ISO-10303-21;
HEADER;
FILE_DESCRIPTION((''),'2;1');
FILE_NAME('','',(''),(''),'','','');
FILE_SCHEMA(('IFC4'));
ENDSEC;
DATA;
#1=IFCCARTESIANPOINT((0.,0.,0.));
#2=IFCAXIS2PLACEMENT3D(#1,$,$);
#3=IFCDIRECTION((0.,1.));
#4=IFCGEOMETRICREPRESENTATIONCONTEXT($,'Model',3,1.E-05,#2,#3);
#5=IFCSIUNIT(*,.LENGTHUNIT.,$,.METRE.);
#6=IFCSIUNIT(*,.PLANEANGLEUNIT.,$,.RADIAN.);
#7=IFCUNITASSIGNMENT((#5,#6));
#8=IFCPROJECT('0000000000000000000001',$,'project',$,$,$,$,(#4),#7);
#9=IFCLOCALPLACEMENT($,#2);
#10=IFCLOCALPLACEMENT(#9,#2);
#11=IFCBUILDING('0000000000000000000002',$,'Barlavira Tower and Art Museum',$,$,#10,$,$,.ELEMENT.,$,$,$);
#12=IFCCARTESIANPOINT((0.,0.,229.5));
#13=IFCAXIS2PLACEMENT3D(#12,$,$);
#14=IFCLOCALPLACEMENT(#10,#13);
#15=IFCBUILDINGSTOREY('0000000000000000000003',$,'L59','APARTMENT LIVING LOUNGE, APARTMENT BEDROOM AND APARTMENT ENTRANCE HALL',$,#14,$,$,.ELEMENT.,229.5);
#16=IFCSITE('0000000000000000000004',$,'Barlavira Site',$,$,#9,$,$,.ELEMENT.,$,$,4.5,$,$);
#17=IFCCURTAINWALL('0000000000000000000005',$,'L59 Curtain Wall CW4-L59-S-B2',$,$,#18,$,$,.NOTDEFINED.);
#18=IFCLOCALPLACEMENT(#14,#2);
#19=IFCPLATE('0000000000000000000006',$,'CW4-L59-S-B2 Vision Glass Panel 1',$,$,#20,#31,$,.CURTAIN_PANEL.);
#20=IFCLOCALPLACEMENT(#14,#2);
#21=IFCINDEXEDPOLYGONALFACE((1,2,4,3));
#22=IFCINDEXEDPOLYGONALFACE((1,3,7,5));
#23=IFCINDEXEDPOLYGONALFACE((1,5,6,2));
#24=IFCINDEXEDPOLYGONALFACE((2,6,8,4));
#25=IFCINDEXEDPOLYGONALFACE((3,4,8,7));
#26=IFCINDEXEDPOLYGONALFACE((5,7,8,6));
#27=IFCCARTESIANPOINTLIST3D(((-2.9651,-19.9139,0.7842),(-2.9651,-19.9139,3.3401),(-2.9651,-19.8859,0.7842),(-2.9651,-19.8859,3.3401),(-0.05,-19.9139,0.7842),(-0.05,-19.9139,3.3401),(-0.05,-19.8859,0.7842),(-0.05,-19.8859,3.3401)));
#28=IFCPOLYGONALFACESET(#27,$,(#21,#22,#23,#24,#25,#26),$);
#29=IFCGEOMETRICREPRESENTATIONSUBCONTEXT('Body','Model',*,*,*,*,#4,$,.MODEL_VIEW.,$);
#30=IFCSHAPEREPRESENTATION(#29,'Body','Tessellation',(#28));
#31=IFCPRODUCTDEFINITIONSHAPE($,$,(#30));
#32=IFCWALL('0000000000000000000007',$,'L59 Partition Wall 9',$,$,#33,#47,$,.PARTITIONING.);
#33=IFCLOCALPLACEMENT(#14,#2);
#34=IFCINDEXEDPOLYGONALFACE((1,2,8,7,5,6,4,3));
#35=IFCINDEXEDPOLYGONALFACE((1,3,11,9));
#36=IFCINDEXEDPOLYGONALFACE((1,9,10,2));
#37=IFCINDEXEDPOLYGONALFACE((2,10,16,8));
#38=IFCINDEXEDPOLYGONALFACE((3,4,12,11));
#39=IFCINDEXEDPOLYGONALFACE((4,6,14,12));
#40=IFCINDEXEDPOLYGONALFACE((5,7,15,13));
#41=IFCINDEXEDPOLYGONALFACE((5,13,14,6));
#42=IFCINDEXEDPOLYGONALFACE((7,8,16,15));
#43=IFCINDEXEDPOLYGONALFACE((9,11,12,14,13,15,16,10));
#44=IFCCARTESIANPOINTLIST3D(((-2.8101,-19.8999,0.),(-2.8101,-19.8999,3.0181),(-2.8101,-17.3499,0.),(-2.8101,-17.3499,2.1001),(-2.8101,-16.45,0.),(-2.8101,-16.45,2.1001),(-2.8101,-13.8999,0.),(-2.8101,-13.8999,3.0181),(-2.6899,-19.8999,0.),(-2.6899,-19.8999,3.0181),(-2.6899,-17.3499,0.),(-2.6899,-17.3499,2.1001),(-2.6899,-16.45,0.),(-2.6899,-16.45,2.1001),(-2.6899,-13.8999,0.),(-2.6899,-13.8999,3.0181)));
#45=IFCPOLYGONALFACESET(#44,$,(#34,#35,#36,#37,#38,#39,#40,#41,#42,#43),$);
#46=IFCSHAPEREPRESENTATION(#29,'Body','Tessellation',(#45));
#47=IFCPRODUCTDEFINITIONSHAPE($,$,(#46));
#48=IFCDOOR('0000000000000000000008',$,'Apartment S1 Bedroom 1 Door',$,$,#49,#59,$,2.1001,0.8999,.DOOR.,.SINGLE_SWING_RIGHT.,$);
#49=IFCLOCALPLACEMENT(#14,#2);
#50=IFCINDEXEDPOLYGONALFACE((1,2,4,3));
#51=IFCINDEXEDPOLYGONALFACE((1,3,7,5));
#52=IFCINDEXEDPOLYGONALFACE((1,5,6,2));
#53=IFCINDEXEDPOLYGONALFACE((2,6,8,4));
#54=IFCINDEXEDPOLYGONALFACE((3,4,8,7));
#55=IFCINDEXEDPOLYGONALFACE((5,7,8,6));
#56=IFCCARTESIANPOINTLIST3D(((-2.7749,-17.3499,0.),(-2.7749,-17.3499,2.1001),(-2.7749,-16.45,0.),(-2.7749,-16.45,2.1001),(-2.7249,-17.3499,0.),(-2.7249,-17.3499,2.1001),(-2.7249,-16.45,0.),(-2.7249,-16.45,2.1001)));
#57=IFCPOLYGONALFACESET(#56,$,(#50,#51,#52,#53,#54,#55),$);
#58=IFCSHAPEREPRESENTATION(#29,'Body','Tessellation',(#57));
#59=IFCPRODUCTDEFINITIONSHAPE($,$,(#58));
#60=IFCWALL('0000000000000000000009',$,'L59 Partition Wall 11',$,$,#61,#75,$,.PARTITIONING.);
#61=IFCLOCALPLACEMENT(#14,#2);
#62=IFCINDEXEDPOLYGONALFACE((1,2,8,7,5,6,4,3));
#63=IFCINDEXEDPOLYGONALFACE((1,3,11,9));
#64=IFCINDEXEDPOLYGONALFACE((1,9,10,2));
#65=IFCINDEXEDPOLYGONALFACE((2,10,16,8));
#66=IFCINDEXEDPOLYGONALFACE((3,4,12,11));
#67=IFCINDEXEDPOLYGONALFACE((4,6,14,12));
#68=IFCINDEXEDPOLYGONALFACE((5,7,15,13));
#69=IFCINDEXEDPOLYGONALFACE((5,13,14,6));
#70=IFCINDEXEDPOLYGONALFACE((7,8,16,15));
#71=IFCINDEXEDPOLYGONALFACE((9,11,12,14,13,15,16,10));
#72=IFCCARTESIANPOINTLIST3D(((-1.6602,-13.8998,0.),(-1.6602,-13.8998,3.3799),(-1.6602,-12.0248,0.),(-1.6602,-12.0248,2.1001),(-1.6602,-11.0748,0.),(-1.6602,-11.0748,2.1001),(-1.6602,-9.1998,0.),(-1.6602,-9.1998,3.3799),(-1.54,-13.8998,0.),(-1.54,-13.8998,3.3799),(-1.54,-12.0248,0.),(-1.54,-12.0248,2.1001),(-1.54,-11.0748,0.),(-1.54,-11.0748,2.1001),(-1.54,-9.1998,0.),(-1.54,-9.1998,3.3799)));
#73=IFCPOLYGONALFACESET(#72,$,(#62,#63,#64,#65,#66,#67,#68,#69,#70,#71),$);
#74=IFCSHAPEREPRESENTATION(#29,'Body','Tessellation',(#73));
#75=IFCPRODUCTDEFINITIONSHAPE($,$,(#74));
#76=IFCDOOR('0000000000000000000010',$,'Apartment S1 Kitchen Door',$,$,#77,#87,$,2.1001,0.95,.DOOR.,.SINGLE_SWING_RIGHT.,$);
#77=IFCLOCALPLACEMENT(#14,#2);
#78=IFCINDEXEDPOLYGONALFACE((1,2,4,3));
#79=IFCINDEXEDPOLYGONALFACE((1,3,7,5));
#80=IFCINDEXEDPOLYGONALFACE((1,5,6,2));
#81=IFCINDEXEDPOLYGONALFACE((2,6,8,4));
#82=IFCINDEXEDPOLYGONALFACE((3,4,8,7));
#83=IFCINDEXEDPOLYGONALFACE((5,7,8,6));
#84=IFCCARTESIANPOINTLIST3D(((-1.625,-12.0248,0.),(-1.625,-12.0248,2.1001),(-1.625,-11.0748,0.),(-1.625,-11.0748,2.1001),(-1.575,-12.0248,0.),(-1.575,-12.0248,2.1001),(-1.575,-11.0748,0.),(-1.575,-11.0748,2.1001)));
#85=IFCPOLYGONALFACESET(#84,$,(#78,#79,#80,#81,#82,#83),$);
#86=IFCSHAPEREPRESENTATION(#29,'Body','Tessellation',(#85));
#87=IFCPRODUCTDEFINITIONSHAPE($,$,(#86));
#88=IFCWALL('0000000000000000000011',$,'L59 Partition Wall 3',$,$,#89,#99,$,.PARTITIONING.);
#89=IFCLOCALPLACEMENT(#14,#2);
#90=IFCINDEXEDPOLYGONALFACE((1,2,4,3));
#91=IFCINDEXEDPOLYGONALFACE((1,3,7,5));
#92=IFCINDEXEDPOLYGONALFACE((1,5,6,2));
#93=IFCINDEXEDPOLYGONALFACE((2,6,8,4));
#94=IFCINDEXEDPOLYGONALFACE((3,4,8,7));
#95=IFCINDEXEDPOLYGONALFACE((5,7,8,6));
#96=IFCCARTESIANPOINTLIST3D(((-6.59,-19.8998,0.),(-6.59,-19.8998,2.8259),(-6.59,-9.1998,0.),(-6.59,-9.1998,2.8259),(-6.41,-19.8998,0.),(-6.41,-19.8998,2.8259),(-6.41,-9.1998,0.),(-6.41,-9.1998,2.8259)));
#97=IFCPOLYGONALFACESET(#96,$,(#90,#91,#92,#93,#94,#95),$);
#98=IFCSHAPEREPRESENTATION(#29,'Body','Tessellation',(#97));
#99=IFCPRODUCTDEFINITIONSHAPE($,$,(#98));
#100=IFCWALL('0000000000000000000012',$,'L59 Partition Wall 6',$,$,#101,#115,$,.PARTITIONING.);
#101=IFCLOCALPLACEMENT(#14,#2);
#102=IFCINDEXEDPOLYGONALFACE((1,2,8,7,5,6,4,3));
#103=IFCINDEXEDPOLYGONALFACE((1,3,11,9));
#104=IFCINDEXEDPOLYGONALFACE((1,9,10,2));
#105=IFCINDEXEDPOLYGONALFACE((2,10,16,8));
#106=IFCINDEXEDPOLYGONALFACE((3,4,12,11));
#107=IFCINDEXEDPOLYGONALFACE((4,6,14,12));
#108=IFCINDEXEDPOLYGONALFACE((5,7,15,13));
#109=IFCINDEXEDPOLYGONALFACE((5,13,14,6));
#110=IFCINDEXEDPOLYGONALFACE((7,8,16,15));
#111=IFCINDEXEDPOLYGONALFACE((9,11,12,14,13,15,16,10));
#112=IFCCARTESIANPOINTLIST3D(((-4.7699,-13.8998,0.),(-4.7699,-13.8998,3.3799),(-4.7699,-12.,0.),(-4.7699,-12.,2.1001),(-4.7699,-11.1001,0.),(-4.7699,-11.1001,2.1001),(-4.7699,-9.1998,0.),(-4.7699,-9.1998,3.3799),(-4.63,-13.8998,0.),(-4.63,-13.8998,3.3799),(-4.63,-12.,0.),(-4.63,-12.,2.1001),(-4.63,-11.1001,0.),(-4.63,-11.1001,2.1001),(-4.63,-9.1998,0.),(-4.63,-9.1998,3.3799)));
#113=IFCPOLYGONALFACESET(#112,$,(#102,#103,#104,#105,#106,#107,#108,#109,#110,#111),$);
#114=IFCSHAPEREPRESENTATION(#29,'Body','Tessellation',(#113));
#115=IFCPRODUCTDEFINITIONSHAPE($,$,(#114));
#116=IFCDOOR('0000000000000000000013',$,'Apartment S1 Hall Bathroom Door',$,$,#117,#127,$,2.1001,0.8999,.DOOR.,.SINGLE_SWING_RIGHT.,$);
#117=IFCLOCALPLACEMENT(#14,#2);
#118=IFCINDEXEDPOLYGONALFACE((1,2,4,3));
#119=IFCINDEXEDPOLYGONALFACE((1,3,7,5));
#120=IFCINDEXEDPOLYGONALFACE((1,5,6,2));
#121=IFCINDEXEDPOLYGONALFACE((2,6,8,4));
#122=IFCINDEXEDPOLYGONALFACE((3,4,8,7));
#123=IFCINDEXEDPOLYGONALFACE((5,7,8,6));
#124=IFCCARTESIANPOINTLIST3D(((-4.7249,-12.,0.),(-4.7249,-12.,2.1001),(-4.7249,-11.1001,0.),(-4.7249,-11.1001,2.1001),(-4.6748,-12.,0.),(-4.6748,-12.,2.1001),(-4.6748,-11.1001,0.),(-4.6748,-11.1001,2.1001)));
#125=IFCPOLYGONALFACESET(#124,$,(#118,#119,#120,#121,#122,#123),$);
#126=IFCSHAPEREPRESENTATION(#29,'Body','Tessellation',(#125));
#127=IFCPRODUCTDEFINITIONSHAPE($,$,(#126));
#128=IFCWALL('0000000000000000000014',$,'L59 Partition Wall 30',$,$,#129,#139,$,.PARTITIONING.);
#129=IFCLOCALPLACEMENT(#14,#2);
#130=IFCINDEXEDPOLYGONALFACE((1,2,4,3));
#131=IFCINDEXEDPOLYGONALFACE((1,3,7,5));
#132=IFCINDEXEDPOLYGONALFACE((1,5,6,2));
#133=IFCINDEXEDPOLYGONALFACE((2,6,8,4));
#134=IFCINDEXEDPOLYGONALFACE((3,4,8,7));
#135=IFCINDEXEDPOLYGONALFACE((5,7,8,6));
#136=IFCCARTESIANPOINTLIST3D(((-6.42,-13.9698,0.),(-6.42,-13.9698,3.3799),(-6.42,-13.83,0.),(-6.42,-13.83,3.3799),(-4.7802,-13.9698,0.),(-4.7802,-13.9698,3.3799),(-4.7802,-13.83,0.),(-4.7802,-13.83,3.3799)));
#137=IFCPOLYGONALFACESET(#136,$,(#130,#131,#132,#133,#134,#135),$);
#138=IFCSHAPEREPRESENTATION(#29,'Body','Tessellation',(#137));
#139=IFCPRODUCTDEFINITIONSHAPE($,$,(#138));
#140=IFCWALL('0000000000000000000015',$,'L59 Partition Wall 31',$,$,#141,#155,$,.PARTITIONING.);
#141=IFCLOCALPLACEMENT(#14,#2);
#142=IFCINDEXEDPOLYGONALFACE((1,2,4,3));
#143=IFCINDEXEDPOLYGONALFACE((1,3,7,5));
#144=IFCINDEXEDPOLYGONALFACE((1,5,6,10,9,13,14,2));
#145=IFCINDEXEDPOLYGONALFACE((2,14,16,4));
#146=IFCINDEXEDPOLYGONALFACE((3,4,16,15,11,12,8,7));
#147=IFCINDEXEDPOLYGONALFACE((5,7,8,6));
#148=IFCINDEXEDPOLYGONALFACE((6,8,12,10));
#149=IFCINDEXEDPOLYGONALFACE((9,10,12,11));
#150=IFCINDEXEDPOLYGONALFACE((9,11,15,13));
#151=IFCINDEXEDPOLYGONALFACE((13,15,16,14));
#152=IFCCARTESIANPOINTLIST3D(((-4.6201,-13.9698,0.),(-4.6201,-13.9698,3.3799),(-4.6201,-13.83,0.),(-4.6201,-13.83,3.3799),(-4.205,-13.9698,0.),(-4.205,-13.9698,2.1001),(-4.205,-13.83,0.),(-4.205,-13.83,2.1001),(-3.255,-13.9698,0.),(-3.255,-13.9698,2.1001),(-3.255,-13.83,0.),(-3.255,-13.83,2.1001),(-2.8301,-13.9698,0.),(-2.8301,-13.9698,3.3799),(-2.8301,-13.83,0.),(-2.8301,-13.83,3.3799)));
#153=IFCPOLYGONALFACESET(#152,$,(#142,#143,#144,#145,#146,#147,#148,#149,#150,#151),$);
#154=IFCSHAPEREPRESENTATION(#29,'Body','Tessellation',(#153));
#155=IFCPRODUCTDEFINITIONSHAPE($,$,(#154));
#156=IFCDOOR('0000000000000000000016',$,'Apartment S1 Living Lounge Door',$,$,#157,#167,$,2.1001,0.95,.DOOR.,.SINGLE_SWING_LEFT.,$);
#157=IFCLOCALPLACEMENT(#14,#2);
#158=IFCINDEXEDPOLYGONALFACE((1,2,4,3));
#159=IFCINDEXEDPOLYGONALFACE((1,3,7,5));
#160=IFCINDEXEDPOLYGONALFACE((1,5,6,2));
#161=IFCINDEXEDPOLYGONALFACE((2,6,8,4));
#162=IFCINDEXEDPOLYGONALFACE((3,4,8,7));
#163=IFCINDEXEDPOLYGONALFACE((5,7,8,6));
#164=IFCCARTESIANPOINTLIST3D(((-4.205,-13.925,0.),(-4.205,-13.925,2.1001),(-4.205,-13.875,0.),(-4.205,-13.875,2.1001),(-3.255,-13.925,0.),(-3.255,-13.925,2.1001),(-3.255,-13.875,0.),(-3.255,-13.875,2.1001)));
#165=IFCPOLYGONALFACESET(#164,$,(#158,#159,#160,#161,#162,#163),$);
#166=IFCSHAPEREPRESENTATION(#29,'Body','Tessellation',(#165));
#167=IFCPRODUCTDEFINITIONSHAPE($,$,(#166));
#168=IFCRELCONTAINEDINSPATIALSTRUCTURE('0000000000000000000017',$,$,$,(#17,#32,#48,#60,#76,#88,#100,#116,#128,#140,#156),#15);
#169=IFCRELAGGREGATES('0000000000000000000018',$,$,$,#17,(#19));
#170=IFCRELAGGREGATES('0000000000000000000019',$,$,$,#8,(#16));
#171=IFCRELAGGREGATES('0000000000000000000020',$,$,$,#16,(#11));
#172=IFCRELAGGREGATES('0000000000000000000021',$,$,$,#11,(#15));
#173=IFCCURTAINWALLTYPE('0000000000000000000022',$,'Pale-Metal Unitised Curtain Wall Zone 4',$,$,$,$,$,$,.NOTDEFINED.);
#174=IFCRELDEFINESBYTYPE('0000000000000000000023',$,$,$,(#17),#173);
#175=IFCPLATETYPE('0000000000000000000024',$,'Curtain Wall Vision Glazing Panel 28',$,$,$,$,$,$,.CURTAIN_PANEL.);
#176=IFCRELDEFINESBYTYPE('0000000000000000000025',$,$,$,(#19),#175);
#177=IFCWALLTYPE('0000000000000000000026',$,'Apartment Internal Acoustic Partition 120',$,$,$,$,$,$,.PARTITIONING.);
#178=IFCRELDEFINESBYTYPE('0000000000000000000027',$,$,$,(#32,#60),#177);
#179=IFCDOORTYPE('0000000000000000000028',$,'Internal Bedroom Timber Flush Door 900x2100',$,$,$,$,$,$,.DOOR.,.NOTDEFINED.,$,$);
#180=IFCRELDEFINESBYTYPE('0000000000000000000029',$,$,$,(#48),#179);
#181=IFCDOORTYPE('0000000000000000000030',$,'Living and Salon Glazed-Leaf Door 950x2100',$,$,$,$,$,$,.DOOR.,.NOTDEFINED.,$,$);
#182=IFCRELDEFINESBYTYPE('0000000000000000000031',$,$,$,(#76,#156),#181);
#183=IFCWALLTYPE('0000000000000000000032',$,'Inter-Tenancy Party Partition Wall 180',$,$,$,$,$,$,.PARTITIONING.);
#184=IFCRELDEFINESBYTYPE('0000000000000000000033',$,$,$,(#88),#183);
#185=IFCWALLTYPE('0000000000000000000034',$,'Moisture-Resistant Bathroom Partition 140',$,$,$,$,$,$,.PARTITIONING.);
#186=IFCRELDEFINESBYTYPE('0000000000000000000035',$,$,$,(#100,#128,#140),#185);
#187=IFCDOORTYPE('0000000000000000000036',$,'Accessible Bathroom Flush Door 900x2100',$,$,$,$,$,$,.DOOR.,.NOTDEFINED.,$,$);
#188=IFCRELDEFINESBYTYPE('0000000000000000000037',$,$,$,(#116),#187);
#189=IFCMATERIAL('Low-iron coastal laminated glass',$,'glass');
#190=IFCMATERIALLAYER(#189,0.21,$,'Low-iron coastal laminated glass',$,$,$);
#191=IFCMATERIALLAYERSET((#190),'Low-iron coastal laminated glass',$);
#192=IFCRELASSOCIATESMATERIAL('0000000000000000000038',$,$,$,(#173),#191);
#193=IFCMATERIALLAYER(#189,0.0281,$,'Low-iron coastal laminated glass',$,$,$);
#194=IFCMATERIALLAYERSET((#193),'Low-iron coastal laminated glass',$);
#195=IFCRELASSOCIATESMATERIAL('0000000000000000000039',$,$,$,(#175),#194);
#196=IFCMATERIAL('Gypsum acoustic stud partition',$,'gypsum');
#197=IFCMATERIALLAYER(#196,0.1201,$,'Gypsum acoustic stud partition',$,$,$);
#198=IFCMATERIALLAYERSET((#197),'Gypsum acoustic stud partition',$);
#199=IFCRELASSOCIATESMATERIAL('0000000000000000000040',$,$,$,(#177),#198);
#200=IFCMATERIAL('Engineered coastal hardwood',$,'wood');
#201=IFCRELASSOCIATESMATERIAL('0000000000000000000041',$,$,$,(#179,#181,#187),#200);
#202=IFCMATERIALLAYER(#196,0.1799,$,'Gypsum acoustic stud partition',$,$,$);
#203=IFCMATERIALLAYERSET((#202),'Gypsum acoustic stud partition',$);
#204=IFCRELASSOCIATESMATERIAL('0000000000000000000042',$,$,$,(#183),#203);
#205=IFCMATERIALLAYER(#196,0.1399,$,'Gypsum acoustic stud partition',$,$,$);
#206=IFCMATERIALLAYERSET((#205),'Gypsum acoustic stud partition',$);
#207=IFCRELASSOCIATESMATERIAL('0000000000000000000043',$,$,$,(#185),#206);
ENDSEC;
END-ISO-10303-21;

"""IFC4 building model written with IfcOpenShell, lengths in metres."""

from ifc_helpers import new_model, si_unit, direction, frame, frame_2d, origin, origin_2d, place, context, subcontext, project, spatial, rectangle, extrude, material, layer, layer_set, type_object, element, fill, aggregate, save


model = new_model("IFC4")

# Units and contexts
model_context = context("Model", 3, precision=1e-05, world=origin(), true_north=direction((0.0, 1.0)))
body_context = subcontext(model_context, "Body", "Model", "MODEL_VIEW")
ifc_project = project(units=[si_unit("LENGTHUNIT", "METRE"), si_unit("PLANEANGLEUNIT", "RADIAN")], contexts=[model_context])

# Site, building, storey
site_placement = place(None, origin())
site = spatial("IfcSite", under=ifc_project, at=site_placement, Name="Barlavira Site", CompositionType="ELEMENT", RefElevation=4.5)
building_placement = place(site_placement, origin())
building = spatial("IfcBuilding", under=site, at=building_placement, Name="Barlavira Tower and Art Museum", CompositionType="ELEMENT")
storey_placement = place(building_placement, frame((0.0, 0.0, 229.5)))
storey = spatial("IfcBuildingStorey", under=building, at=storey_placement, Name="L59", Description="APARTMENT LIVING LOUNGE, APARTMENT BEDROOM AND APARTMENT ENTRANCE HALL", CompositionType="ELEMENT", Elevation=229.5)

# Curtain wall
ifc_material_1 = material(Name="Low-iron coastal laminated glass", Category="glass")
ifc_layer_1 = layer(ifc_material_1, 0.21, Name="Low-iron coastal laminated glass")
ifc_layer_set_1 = layer_set([ifc_layer_1], Name="Low-iron coastal laminated glass")
curtain_wall_type = type_object("IfcCurtainWallType", Name="Pale-Metal Unitised Curtain Wall Zone 4", PredefinedType="NOTDEFINED", material=ifc_layer_set_1)
curtain_wall_placement = place(storey_placement, origin())
curtain_wall = element("IfcCurtainWall", 1, at=curtain_wall_placement, inside=storey, type_object=curtain_wall_type, Name="L59 Curtain Wall CW4-L59-S-B2", PredefinedType="NOTDEFINED")

# Plate
ifc_layer_2 = layer(ifc_material_1, 0.0281, Name="Low-iron coastal laminated glass")
ifc_layer_set_2 = layer_set([ifc_layer_2], Name="Low-iron coastal laminated glass")
plate_type_1 = type_object("IfcPlateType", Name="Curtain Wall Vision Glazing Panel 28", PredefinedType="CURTAIN_PANEL", material=ifc_layer_set_2)
plate_1_placement = place(storey_placement, frame((-1.5076, -19.8999, 0.7842), z_axis=(0.0, 0.0, 1.0), x_axis=(1.0, 0.0, 0.0)))
plate_1 = element("IfcPlate", 2, at=plate_1_placement, type_object=plate_type_1, Name="CW4-L59-S-B2 Vision Glass Panel 1", PredefinedType="CURTAIN_PANEL", context=body_context, shape_type="SweptSolid", body=[
    extrude(rectangle(XDim=2.915, YDim=0.0281, at=origin_2d()), origin(), (0.0, 0.0, 1.0), 2.5559),
])
aggregate(curtain_wall, [plate_1])

# Walls, openings, doors
ifc_material_2 = material(Name="Gypsum acoustic stud partition", Category="gypsum")
ifc_layer_3 = layer(ifc_material_2, 0.1201, Name="Gypsum acoustic stud partition")
ifc_layer_set_3 = layer_set([ifc_layer_3], Name="Gypsum acoustic stud partition")
wall_type_1 = type_object("IfcWallType", Name="Apartment Internal Acoustic Partition 120", PredefinedType="PARTITIONING", material=ifc_layer_set_3)
wall_1_placement = place(storey_placement, frame((-2.75, -19.8999, 0.0), z_axis=(0.0, 0.0, 1.0), x_axis=(0.0, 1.0, 0.0)))
wall_1 = element("IfcWall", 3, at=wall_1_placement, inside=storey, type_object=wall_type_1, Name="L59 Partition Wall 9", PredefinedType="PARTITIONING", context=body_context, shape_type="SweptSolid", body=[
    extrude(rectangle(XDim=6.0, YDim=0.1201, at=frame_2d((3.0, 0.0))), origin(), (0.0, 0.0, 1.0), 3.0181),
])
opening_1_placement = place(wall_1_placement, frame((2.55, 0.0, 0.0)))
opening_1 = element("IfcOpeningElement", 4, at=opening_1_placement, cuts=wall_1, PredefinedType="OPENING", context=body_context, shape_type="SweptSolid", body=[
    extrude(rectangle(XDim=0.8999, YDim=2.1001, at=frame_2d((0.45, 1.05))), frame((0.0, 0.0701, 0.0), z_axis=(0.0, -1.0, 0.0), x_axis=(1.0, 0.0, 0.0)), (0.0, 0.0, 1.0), 0.1401),
])
ifc_material_3 = material(Name="Engineered coastal hardwood", Category="wood")
door_type_1 = type_object("IfcDoorType", Name="Internal Bedroom Timber Flush Door 900x2100", OperationType="NOTDEFINED", PredefinedType="DOOR", material=ifc_material_3)
door_1_placement = place(opening_1_placement, origin())
door_1 = element("IfcDoor", 5, at=door_1_placement, inside=storey, type_object=door_type_1, Name="Apartment S1 Bedroom 1 Door", OperationType="SINGLE_SWING_RIGHT", OverallHeight=2.1001, OverallWidth=0.8999, PredefinedType="DOOR", context=body_context, shape_type="SweptSolid", body=[
    extrude(rectangle(XDim=0.8999, YDim=2.1001, at=frame_2d((0.45, 1.05))), frame((0.0, 0.0249, 0.0), z_axis=(0.0, -1.0, 0.0), x_axis=(1.0, 0.0, 0.0)), (0.0, 0.0, 1.0), 0.05),
])
fill(opening_1, door_1)
wall_2_placement = place(storey_placement, frame((-1.6001, -13.8999, 0.0), z_axis=(0.0, 0.0, 1.0), x_axis=(0.0, 1.0, 0.0)))
wall_2 = element("IfcWall", 6, at=wall_2_placement, inside=storey, type_object=wall_type_1, Name="L59 Partition Wall 11", PredefinedType="PARTITIONING", context=body_context, shape_type="SweptSolid", body=[
    extrude(rectangle(XDim=4.7, YDim=0.1201, at=frame_2d((2.3501, 0.0))), origin(), (0.0, 0.0, 1.0), 3.3799),
])
opening_2_placement = place(wall_2_placement, frame((1.875, 0.0, 0.0)))
opening_2 = element("IfcOpeningElement", 7, at=opening_2_placement, cuts=wall_2, PredefinedType="OPENING", context=body_context, shape_type="SweptSolid", body=[
    extrude(rectangle(XDim=0.95, YDim=2.1001, at=frame_2d((0.4751, 1.05))), frame((0.0, 0.0701, 0.0), z_axis=(0.0, -1.0, 0.0), x_axis=(1.0, 0.0, 0.0)), (0.0, 0.0, 1.0), 0.1401),
])
door_type_2 = type_object("IfcDoorType", Name="Living and Salon Glazed-Leaf Door 950x2100", OperationType="NOTDEFINED", PredefinedType="DOOR", material=ifc_material_3)
door_2_placement = place(opening_2_placement, origin())
door_2 = element("IfcDoor", 8, at=door_2_placement, inside=storey, type_object=door_type_2, Name="Apartment S1 Kitchen Door", OperationType="SINGLE_SWING_RIGHT", OverallHeight=2.1001, OverallWidth=0.95, PredefinedType="DOOR", context=body_context, shape_type="SweptSolid", body=[
    extrude(rectangle(XDim=0.95, YDim=2.1001, at=frame_2d((0.4751, 1.05))), frame((0.0, 0.0249, 0.0), z_axis=(0.0, -1.0, 0.0), x_axis=(1.0, 0.0, 0.0)), (0.0, 0.0, 1.0), 0.05),
])
fill(opening_2, door_2)

# Wall
ifc_layer_4 = layer(ifc_material_2, 0.1799, Name="Gypsum acoustic stud partition")
ifc_layer_set_4 = layer_set([ifc_layer_4], Name="Gypsum acoustic stud partition")
wall_type_2 = type_object("IfcWallType", Name="Inter-Tenancy Party Partition Wall 180", PredefinedType="PARTITIONING", material=ifc_layer_set_4)
wall_3_placement = place(storey_placement, frame((-6.5, -19.8999, 0.0), z_axis=(0.0, 0.0, 1.0), x_axis=(0.0, 1.0, 0.0)))
element("IfcWall", 9, at=wall_3_placement, inside=storey, type_object=wall_type_2, Name="L59 Partition Wall 3", PredefinedType="PARTITIONING", context=body_context, shape_type="SweptSolid", body=[
    extrude(rectangle(XDim=10.7, YDim=0.1799, at=frame_2d((5.3501, 0.0))), origin(), (0.0, 0.0, 1.0), 2.8259),
])

# Wall, opening, door
ifc_layer_5 = layer(ifc_material_2, 0.1399, Name="Gypsum acoustic stud partition")
ifc_layer_set_5 = layer_set([ifc_layer_5], Name="Gypsum acoustic stud partition")
wall_type_3 = type_object("IfcWallType", Name="Moisture-Resistant Bathroom Partition 140", PredefinedType="PARTITIONING", material=ifc_layer_set_5)
wall_4_placement = place(storey_placement, frame((-4.7, -13.8999, 0.0), z_axis=(0.0, 0.0, 1.0), x_axis=(0.0, 1.0, 0.0)))
wall_4 = element("IfcWall", 10, at=wall_4_placement, inside=storey, type_object=wall_type_3, Name="L59 Partition Wall 6", PredefinedType="PARTITIONING", context=body_context, shape_type="SweptSolid", body=[
    extrude(rectangle(XDim=4.7, YDim=0.1399, at=frame_2d((2.3501, 0.0))), origin(), (0.0, 0.0, 1.0), 3.3799),
])
opening_3_placement = place(wall_4_placement, frame((1.8999, 0.0, 0.0)))
opening_3 = element("IfcOpeningElement", 11, at=opening_3_placement, cuts=wall_4, PredefinedType="OPENING", context=body_context, shape_type="SweptSolid", body=[
    extrude(rectangle(XDim=0.8999, YDim=2.1001, at=frame_2d((0.45, 1.05))), frame((0.0, 0.0801, 0.0), z_axis=(0.0, -1.0, 0.0), x_axis=(1.0, 0.0, 0.0)), (0.0, 0.0, 1.0), 0.1599),
])
door_type_3 = type_object("IfcDoorType", Name="Accessible Bathroom Flush Door 900x2100", OperationType="NOTDEFINED", PredefinedType="DOOR", material=ifc_material_3)
door_3_placement = place(opening_3_placement, origin())
door_3 = element("IfcDoor", 12, at=door_3_placement, inside=storey, type_object=door_type_3, Name="Apartment S1 Hall Bathroom Door", OperationType="SINGLE_SWING_RIGHT", OverallHeight=2.1001, OverallWidth=0.8999, PredefinedType="DOOR", context=body_context, shape_type="SweptSolid", body=[
    extrude(rectangle(XDim=0.8999, YDim=2.1001, at=frame_2d((0.45, 1.05))), frame((0.0, 0.0249, 0.0), z_axis=(0.0, -1.0, 0.0), x_axis=(1.0, 0.0, 0.0)), (0.0, 0.0, 1.0), 0.05),
])
fill(opening_3, door_3)

# Wall
wall_5_placement = place(storey_placement, frame((-6.4199, -13.8999, 0.0), z_axis=(0.0, 0.0, 1.0), x_axis=(1.0, 0.0, 0.0)))
element("IfcWall", 13, at=wall_5_placement, inside=storey, type_object=wall_type_3, Name="L59 Partition Wall 30", PredefinedType="PARTITIONING", context=body_context, shape_type="SweptSolid", body=[
    extrude(rectangle(XDim=1.6399, YDim=0.1399, at=frame_2d((0.8198, 0.0))), origin(), (0.0, 0.0, 1.0), 3.3799),
])

# Wall, opening, door
wall_6_placement = place(storey_placement, frame((-4.6201, -13.8999, 0.0), z_axis=(0.0, 0.0, 1.0), x_axis=(1.0, 0.0, 0.0)))
wall_6 = element("IfcWall", 14, at=wall_6_placement, inside=storey, type_object=wall_type_3, Name="L59 Partition Wall 31", PredefinedType="PARTITIONING", context=body_context, shape_type="SweptSolid", body=[
    extrude(rectangle(XDim=1.79, YDim=0.1399, at=frame_2d((0.895, 0.0))), origin(), (0.0, 0.0, 1.0), 3.3799),
])
opening_4_placement = place(wall_6_placement, frame((0.415, 0.0, 0.0)))
opening_4 = element("IfcOpeningElement", 15, at=opening_4_placement, cuts=wall_6, PredefinedType="OPENING", context=body_context, shape_type="SweptSolid", body=[
    extrude(rectangle(XDim=0.95, YDim=2.1001, at=frame_2d((0.4751, 1.05))), frame((0.0, 0.0801, 0.0), z_axis=(0.0, -1.0, 0.0), x_axis=(1.0, 0.0, 0.0)), (0.0, 0.0, 1.0), 0.1599),
])
door_4_placement = place(opening_4_placement, origin())
door_4 = element("IfcDoor", 16, at=door_4_placement, inside=storey, type_object=door_type_2, Name="Apartment S1 Living Lounge Door", OperationType="SINGLE_SWING_LEFT", OverallHeight=2.1001, OverallWidth=0.95, PredefinedType="DOOR", context=body_context, shape_type="SweptSolid", body=[
    extrude(rectangle(XDim=0.95, YDim=2.1001, at=frame_2d((0.4751, 1.05))), frame((0.0, 0.0249, 0.0), z_axis=(0.0, -1.0, 0.0), x_axis=(1.0, 0.0, 0.0)), (0.0, 0.0, 1.0), 0.05),
])
fill(opening_4, door_4)

save(model, "model.ifc")
